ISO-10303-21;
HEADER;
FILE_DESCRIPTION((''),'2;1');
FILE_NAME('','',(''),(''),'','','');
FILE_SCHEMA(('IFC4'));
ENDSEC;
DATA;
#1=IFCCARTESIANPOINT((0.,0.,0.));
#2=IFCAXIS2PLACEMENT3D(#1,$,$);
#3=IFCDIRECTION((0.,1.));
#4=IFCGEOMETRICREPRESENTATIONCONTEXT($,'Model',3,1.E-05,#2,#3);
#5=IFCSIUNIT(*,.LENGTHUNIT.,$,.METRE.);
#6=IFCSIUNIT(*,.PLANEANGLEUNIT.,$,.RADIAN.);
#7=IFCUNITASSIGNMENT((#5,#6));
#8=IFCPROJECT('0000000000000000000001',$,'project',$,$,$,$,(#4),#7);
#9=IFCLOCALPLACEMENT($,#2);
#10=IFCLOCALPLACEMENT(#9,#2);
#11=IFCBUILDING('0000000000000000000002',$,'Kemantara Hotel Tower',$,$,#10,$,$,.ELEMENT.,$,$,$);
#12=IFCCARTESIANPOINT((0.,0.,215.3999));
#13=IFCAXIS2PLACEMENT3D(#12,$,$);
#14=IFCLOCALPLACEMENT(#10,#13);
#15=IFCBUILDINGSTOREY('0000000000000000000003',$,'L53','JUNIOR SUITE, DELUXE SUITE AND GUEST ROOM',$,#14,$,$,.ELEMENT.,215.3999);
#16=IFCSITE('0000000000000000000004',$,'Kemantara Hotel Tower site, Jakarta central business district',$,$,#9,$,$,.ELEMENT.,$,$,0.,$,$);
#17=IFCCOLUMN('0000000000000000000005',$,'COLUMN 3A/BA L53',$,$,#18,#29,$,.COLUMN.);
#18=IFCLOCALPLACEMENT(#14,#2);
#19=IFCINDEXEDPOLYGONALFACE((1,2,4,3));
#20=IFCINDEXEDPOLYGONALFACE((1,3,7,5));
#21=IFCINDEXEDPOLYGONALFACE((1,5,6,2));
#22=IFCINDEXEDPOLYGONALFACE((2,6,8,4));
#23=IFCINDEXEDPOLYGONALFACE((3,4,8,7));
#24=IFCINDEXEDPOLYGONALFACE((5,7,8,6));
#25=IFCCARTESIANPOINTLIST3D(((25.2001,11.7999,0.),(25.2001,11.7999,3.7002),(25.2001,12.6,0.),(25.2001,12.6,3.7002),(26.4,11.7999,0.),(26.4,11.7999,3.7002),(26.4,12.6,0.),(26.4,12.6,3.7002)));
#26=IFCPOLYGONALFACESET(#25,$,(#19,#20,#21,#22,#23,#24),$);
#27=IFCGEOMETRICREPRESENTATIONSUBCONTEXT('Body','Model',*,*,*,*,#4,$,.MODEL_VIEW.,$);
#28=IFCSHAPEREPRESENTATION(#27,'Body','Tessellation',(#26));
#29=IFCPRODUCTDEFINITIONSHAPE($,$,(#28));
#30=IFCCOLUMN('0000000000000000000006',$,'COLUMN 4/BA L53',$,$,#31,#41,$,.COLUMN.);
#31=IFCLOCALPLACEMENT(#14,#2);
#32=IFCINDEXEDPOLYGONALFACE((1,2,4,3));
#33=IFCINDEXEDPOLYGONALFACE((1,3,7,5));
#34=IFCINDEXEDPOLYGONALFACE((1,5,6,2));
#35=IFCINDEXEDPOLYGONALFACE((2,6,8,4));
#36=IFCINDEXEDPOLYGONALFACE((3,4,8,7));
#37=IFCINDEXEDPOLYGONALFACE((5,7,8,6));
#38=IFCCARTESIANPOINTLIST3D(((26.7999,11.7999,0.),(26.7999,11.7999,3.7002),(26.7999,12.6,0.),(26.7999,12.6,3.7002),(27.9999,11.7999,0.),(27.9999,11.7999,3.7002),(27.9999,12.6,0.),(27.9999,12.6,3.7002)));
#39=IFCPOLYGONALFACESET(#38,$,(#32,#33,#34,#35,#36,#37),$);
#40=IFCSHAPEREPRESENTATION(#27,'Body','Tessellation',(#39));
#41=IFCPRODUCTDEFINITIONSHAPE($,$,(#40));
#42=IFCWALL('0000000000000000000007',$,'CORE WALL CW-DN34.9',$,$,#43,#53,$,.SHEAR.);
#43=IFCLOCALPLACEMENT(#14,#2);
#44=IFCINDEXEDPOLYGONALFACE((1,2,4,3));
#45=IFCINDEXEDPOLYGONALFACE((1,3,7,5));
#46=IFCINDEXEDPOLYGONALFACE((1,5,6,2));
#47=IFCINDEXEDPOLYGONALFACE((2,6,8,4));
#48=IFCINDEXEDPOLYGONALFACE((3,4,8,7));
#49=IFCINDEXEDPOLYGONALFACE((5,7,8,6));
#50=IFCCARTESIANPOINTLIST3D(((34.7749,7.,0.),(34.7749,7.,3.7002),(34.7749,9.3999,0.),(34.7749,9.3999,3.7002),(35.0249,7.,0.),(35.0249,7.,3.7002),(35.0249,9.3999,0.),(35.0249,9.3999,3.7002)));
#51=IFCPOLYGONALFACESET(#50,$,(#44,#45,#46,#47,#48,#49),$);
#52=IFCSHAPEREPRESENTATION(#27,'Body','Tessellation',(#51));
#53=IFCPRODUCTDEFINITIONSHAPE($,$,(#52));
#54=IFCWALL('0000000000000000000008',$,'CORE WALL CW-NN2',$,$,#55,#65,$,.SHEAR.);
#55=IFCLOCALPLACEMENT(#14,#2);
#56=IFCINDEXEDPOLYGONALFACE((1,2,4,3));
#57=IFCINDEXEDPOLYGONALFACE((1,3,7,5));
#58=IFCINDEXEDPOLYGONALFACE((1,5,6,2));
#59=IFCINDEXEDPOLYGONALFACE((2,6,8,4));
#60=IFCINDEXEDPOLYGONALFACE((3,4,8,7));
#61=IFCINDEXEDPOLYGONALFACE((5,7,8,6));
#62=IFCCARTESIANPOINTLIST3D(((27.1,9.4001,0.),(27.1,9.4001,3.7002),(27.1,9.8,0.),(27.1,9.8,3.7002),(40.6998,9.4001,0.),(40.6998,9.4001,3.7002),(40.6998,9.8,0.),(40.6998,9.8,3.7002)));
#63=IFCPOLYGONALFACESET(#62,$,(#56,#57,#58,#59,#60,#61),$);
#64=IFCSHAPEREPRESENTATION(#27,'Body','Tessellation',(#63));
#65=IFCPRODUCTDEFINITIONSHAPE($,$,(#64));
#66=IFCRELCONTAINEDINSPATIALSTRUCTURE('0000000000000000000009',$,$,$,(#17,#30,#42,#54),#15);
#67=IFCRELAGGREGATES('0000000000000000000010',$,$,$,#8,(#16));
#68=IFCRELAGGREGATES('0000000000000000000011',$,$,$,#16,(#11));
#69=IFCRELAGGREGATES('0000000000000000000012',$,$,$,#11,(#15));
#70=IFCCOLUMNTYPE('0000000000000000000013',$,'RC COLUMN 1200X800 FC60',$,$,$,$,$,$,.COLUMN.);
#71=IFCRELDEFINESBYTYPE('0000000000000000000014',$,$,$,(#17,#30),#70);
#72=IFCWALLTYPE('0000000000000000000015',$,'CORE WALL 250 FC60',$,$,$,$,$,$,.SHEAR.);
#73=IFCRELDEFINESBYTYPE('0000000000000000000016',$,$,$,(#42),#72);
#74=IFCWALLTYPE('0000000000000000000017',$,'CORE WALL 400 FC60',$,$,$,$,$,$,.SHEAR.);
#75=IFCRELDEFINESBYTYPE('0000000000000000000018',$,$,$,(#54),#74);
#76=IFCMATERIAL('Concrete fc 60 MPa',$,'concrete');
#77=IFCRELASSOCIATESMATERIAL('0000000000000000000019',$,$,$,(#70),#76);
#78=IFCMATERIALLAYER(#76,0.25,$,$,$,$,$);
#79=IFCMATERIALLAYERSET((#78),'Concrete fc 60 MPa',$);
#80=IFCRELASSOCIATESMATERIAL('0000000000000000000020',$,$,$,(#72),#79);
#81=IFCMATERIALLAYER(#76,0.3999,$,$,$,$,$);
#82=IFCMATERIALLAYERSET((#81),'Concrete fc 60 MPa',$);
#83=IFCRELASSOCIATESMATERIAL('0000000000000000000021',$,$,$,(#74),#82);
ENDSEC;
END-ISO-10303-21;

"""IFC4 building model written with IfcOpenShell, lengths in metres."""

from ifc_helpers import new_model, si_unit, direction, frame, frame_2d, origin, origin_2d, place, context, subcontext, project, spatial, rectangle, extrude, material, layer, layer_set, material_profile, profile_set, type_object, element, save


model = new_model("IFC4")

# Units and contexts
model_context = context("Model", 3, precision=1e-05, world=origin(), true_north=direction((0.0, 1.0)))
body_context = subcontext(model_context, "Body", "Model", "MODEL_VIEW")
ifc_project = project(units=[si_unit("LENGTHUNIT", "METRE"), si_unit("PLANEANGLEUNIT", "RADIAN")], contexts=[model_context])

# Site, building, storey
site_placement = place(None, origin())
site = spatial("IfcSite", under=ifc_project, at=site_placement, Name="Kemantara Hotel Tower site, Jakarta central business district", CompositionType="ELEMENT", RefElevation=0.0)
building_placement = place(site_placement, origin())
building = spatial("IfcBuilding", under=site, at=building_placement, Name="Kemantara Hotel Tower", CompositionType="ELEMENT")
storey_placement = place(building_placement, frame((0.0, 0.0, 215.3999)))
storey = spatial("IfcBuildingStorey", under=building, at=storey_placement, Name="L53", Description="JUNIOR SUITE, DELUXE SUITE AND GUEST ROOM", CompositionType="ELEMENT", Elevation=215.3999)

# Columns
ifc_material_1 = material(Name="Concrete fc 60 MPa", Category="concrete")
ifc_material_profile = material_profile(ifc_material_1, rectangle(XDim=1.2, YDim=0.8, at=origin_2d()), Name="RC 1200X800")
ifc_profile_set = profile_set([ifc_material_profile], Name="Concrete fc 60 MPa")
column_type = type_object("IfcColumnType", Name="RC COLUMN 1200X800 FC60", PredefinedType="COLUMN", material=ifc_profile_set)
for number, where, z_axis, x_axis, name in (
    (1, (25.8, 12.2, 0.0), (0.0, 0.0, 1.0), (1.0, 0.0, 0.0), "COLUMN 3A/BA L53"),
    (2, (27.3999, 12.2, 0.0), (0.0, 0.0, 1.0), (1.0, 0.0, 0.0), "COLUMN 4/BA L53"),
):
    element("IfcColumn", number, at=place(storey_placement, frame(where, z_axis=z_axis, x_axis=x_axis)), inside=storey, type_object=column_type, Name=name, PredefinedType="COLUMN", context=body_context, shape_type="SweptSolid", body=[
        extrude(rectangle(XDim=1.2, YDim=0.8, at=origin_2d()), origin(), (0.0, 0.0, 1.0), 3.7002),
    ])

# Walls
ifc_layer_1 = layer(ifc_material_1, 0.25)
ifc_layer_set_1 = layer_set([ifc_layer_1], Name="Concrete fc 60 MPa")
wall_type_1 = type_object("IfcWallType", Name="CORE WALL 250 FC60", PredefinedType="SHEAR", material=ifc_layer_set_1)
wall_1_placement = place(storey_placement, frame((34.8999, 7.0, 0.0), z_axis=(0.0, 0.0, 1.0), x_axis=(0.0, 1.0, 0.0)))
element("IfcWall", 3, at=wall_1_placement, inside=storey, type_object=wall_type_1, Name="CORE WALL CW-DN34.9", PredefinedType="SHEAR", context=body_context, shape_type="SweptSolid", body=[
    extrude(rectangle(XDim=2.3999, YDim=0.25, at=frame_2d((1.2, 0.0))), origin(), (0.0, 0.0, 1.0), 3.7002),
])
ifc_layer_2 = layer(ifc_material_1, 0.3999)
ifc_layer_set_2 = layer_set([ifc_layer_2], Name="Concrete fc 60 MPa")
wall_type_2 = type_object("IfcWallType", Name="CORE WALL 400 FC60", PredefinedType="SHEAR", material=ifc_layer_set_2)
wall_2_placement = place(storey_placement, frame((27.1001, 9.6001, 0.0), z_axis=(0.0, 0.0, 1.0), x_axis=(1.0, 0.0, 0.0)))
element("IfcWall", 4, at=wall_2_placement, inside=storey, type_object=wall_type_2, Name="CORE WALL CW-NN2", PredefinedType="SHEAR", context=body_context, shape_type="SweptSolid", body=[
    extrude(rectangle(XDim=13.5999, YDim=0.3999, at=frame_2d((6.7998, 0.0))), origin(), (0.0, 0.0, 1.0), 3.7002),
])

save(model, "model.ifc")
